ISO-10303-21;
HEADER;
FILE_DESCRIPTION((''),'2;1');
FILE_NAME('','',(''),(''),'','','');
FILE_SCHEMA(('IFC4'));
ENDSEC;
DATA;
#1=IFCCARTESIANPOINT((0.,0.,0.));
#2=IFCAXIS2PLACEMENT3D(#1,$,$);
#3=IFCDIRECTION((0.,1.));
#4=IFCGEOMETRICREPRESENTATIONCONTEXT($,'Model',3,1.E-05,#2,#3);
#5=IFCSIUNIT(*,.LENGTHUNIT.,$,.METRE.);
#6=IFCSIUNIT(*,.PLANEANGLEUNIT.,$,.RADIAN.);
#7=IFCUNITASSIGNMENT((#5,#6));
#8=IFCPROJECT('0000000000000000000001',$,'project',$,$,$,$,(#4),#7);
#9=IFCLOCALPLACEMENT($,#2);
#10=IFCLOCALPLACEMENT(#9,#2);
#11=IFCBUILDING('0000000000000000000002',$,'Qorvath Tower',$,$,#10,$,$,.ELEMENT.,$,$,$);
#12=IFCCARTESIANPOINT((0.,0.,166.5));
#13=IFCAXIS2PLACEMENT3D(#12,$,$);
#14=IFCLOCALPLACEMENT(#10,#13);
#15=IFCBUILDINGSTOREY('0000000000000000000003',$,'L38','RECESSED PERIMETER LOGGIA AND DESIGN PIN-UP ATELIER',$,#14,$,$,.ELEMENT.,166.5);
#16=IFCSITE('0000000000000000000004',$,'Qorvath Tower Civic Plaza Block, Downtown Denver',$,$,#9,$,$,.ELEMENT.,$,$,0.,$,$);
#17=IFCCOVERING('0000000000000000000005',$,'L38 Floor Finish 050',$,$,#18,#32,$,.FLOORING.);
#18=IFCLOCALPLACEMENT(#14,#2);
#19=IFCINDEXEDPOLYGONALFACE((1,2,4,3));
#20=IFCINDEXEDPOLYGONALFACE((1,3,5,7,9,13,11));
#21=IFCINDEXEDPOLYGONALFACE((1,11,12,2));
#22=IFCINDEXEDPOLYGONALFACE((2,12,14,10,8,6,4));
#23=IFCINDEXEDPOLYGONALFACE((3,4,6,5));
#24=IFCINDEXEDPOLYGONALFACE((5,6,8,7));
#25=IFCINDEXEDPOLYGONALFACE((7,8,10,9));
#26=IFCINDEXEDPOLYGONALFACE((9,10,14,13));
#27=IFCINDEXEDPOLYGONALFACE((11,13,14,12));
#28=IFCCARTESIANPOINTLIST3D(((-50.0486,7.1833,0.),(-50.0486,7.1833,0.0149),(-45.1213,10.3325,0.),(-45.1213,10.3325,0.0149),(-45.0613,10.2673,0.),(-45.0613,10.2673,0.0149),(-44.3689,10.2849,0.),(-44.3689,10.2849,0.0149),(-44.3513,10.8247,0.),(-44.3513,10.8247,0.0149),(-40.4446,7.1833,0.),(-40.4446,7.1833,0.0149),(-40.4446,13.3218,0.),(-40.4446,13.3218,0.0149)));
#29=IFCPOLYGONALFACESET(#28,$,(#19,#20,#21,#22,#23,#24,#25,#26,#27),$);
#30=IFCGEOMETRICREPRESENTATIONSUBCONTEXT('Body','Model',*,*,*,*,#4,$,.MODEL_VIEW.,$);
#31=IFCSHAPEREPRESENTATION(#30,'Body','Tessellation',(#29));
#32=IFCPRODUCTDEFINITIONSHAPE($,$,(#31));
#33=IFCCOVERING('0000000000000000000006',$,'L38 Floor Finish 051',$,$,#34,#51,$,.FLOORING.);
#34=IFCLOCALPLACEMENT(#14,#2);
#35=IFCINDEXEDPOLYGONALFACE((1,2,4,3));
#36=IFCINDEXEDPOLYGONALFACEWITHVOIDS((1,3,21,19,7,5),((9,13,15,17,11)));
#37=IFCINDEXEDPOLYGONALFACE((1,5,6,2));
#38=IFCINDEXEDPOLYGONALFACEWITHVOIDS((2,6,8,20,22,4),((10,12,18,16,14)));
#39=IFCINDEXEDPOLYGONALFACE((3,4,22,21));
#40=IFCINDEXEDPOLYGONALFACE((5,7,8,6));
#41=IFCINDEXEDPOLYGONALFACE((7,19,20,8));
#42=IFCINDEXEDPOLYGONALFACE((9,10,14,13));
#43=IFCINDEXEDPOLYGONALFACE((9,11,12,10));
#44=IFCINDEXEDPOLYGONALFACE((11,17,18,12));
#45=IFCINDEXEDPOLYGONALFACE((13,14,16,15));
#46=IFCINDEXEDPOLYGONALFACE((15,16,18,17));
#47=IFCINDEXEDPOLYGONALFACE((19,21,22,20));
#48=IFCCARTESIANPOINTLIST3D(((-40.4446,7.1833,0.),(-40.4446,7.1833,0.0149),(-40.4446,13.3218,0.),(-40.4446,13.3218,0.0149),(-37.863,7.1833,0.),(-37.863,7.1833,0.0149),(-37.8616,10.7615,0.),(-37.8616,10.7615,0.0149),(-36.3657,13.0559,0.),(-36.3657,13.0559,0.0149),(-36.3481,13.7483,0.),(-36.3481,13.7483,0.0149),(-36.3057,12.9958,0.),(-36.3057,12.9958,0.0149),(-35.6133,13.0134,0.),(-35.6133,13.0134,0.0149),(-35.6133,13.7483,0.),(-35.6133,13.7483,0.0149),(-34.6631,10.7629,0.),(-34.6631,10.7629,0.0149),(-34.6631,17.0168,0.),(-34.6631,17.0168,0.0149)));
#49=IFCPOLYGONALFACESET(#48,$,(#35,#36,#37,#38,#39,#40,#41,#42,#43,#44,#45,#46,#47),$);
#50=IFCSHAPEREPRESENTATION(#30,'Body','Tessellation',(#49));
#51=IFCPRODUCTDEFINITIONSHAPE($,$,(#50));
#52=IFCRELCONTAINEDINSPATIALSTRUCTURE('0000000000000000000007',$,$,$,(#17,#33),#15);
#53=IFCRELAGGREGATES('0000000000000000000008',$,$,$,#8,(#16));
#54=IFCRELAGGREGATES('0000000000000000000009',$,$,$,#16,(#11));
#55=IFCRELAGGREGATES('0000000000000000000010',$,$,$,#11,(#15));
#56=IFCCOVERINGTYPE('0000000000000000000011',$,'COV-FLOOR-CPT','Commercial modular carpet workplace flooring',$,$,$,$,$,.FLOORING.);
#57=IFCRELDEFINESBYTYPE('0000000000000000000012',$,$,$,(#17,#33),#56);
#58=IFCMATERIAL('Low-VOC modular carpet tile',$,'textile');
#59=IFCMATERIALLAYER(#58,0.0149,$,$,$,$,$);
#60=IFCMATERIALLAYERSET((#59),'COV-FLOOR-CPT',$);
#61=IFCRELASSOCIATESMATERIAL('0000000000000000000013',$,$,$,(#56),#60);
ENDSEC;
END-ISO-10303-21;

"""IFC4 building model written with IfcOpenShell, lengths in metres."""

from ifc_helpers import new_model, si_unit, direction, frame, origin, place, context, subcontext, project, spatial, polyline, outline, extrude, material, layer, layer_set, type_object, element, save


model = new_model("IFC4")

# Units and contexts
model_context = context("Model", 3, precision=1e-05, world=origin(), true_north=direction((0.0, 1.0)))
body_context = subcontext(model_context, "Body", "Model", "MODEL_VIEW")
ifc_project = project(units=[si_unit("LENGTHUNIT", "METRE"), si_unit("PLANEANGLEUNIT", "RADIAN")], contexts=[model_context])

# Site, building, storey
site_placement = place(None, origin())
site = spatial("IfcSite", under=ifc_project, at=site_placement, Name="Qorvath Tower Civic Plaza Block, Downtown Denver", CompositionType="ELEMENT", RefElevation=0.0)
building_placement = place(site_placement, origin())
building = spatial("IfcBuilding", under=site, at=building_placement, Name="Qorvath Tower", CompositionType="ELEMENT")
storey_placement = place(building_placement, frame((0.0, 0.0, 166.5)))
storey = spatial("IfcBuildingStorey", under=building, at=storey_placement, Name="L38", Description="RECESSED PERIMETER LOGGIA AND DESIGN PIN-UP ATELIER", CompositionType="ELEMENT", Elevation=166.5)

# Coverings
ifc_material_1 = material(Name="Low-VOC modular carpet tile", Category="textile")
ifc_layer_1 = layer(ifc_material_1, 0.0149)
ifc_layer_set_1 = layer_set([ifc_layer_1], Name="COV-FLOOR-CPT")
covering_type_1 = type_object("IfcCoveringType", Name="COV-FLOOR-CPT", Description="Commercial modular carpet workplace flooring", PredefinedType="FLOORING", material=ifc_layer_set_1)
covering_1_placement = place(storey_placement, origin())
element("IfcCovering", 1, at=covering_1_placement, inside=storey, type_object=covering_type_1, Name="L38 Floor Finish 050", PredefinedType="FLOORING", context=body_context, shape_type="SweptSolid", body=[
    extrude(outline(polyline([(-40.4446, 7.1833), (-40.4446, 13.3218), (-44.3513, 10.8247), (-44.3689, 10.2849), (-45.0613, 10.2673), (-45.1213, 10.3325), (-50.0486, 7.1833), (-40.4446, 7.1833)])), origin(), (0.0, 0.0, 1.0), 0.0149),
])
covering_2_placement = place(storey_placement, origin())
element("IfcCovering", 2, at=covering_2_placement, inside=storey, type_object=covering_type_1, Name="L38 Floor Finish 051", PredefinedType="FLOORING", context=body_context, shape_type="SweptSolid", body=[
    extrude(outline(polyline([(-34.6631, 10.7629), (-34.6631, 17.0168), (-40.4446, 13.3218), (-40.4446, 7.1833), (-37.863, 7.1833), (-37.8616, 10.7615), (-34.6631, 10.7629)]), holes=[polyline([(-36.3657, 13.0559), (-36.3481, 13.7483), (-35.6133, 13.7483), (-35.6133, 13.0134), (-36.3057, 12.9958), (-36.3657, 13.0559)])]), origin(), (0.0, 0.0, 1.0), 0.0149),
])

save(model, "model.ifc")
